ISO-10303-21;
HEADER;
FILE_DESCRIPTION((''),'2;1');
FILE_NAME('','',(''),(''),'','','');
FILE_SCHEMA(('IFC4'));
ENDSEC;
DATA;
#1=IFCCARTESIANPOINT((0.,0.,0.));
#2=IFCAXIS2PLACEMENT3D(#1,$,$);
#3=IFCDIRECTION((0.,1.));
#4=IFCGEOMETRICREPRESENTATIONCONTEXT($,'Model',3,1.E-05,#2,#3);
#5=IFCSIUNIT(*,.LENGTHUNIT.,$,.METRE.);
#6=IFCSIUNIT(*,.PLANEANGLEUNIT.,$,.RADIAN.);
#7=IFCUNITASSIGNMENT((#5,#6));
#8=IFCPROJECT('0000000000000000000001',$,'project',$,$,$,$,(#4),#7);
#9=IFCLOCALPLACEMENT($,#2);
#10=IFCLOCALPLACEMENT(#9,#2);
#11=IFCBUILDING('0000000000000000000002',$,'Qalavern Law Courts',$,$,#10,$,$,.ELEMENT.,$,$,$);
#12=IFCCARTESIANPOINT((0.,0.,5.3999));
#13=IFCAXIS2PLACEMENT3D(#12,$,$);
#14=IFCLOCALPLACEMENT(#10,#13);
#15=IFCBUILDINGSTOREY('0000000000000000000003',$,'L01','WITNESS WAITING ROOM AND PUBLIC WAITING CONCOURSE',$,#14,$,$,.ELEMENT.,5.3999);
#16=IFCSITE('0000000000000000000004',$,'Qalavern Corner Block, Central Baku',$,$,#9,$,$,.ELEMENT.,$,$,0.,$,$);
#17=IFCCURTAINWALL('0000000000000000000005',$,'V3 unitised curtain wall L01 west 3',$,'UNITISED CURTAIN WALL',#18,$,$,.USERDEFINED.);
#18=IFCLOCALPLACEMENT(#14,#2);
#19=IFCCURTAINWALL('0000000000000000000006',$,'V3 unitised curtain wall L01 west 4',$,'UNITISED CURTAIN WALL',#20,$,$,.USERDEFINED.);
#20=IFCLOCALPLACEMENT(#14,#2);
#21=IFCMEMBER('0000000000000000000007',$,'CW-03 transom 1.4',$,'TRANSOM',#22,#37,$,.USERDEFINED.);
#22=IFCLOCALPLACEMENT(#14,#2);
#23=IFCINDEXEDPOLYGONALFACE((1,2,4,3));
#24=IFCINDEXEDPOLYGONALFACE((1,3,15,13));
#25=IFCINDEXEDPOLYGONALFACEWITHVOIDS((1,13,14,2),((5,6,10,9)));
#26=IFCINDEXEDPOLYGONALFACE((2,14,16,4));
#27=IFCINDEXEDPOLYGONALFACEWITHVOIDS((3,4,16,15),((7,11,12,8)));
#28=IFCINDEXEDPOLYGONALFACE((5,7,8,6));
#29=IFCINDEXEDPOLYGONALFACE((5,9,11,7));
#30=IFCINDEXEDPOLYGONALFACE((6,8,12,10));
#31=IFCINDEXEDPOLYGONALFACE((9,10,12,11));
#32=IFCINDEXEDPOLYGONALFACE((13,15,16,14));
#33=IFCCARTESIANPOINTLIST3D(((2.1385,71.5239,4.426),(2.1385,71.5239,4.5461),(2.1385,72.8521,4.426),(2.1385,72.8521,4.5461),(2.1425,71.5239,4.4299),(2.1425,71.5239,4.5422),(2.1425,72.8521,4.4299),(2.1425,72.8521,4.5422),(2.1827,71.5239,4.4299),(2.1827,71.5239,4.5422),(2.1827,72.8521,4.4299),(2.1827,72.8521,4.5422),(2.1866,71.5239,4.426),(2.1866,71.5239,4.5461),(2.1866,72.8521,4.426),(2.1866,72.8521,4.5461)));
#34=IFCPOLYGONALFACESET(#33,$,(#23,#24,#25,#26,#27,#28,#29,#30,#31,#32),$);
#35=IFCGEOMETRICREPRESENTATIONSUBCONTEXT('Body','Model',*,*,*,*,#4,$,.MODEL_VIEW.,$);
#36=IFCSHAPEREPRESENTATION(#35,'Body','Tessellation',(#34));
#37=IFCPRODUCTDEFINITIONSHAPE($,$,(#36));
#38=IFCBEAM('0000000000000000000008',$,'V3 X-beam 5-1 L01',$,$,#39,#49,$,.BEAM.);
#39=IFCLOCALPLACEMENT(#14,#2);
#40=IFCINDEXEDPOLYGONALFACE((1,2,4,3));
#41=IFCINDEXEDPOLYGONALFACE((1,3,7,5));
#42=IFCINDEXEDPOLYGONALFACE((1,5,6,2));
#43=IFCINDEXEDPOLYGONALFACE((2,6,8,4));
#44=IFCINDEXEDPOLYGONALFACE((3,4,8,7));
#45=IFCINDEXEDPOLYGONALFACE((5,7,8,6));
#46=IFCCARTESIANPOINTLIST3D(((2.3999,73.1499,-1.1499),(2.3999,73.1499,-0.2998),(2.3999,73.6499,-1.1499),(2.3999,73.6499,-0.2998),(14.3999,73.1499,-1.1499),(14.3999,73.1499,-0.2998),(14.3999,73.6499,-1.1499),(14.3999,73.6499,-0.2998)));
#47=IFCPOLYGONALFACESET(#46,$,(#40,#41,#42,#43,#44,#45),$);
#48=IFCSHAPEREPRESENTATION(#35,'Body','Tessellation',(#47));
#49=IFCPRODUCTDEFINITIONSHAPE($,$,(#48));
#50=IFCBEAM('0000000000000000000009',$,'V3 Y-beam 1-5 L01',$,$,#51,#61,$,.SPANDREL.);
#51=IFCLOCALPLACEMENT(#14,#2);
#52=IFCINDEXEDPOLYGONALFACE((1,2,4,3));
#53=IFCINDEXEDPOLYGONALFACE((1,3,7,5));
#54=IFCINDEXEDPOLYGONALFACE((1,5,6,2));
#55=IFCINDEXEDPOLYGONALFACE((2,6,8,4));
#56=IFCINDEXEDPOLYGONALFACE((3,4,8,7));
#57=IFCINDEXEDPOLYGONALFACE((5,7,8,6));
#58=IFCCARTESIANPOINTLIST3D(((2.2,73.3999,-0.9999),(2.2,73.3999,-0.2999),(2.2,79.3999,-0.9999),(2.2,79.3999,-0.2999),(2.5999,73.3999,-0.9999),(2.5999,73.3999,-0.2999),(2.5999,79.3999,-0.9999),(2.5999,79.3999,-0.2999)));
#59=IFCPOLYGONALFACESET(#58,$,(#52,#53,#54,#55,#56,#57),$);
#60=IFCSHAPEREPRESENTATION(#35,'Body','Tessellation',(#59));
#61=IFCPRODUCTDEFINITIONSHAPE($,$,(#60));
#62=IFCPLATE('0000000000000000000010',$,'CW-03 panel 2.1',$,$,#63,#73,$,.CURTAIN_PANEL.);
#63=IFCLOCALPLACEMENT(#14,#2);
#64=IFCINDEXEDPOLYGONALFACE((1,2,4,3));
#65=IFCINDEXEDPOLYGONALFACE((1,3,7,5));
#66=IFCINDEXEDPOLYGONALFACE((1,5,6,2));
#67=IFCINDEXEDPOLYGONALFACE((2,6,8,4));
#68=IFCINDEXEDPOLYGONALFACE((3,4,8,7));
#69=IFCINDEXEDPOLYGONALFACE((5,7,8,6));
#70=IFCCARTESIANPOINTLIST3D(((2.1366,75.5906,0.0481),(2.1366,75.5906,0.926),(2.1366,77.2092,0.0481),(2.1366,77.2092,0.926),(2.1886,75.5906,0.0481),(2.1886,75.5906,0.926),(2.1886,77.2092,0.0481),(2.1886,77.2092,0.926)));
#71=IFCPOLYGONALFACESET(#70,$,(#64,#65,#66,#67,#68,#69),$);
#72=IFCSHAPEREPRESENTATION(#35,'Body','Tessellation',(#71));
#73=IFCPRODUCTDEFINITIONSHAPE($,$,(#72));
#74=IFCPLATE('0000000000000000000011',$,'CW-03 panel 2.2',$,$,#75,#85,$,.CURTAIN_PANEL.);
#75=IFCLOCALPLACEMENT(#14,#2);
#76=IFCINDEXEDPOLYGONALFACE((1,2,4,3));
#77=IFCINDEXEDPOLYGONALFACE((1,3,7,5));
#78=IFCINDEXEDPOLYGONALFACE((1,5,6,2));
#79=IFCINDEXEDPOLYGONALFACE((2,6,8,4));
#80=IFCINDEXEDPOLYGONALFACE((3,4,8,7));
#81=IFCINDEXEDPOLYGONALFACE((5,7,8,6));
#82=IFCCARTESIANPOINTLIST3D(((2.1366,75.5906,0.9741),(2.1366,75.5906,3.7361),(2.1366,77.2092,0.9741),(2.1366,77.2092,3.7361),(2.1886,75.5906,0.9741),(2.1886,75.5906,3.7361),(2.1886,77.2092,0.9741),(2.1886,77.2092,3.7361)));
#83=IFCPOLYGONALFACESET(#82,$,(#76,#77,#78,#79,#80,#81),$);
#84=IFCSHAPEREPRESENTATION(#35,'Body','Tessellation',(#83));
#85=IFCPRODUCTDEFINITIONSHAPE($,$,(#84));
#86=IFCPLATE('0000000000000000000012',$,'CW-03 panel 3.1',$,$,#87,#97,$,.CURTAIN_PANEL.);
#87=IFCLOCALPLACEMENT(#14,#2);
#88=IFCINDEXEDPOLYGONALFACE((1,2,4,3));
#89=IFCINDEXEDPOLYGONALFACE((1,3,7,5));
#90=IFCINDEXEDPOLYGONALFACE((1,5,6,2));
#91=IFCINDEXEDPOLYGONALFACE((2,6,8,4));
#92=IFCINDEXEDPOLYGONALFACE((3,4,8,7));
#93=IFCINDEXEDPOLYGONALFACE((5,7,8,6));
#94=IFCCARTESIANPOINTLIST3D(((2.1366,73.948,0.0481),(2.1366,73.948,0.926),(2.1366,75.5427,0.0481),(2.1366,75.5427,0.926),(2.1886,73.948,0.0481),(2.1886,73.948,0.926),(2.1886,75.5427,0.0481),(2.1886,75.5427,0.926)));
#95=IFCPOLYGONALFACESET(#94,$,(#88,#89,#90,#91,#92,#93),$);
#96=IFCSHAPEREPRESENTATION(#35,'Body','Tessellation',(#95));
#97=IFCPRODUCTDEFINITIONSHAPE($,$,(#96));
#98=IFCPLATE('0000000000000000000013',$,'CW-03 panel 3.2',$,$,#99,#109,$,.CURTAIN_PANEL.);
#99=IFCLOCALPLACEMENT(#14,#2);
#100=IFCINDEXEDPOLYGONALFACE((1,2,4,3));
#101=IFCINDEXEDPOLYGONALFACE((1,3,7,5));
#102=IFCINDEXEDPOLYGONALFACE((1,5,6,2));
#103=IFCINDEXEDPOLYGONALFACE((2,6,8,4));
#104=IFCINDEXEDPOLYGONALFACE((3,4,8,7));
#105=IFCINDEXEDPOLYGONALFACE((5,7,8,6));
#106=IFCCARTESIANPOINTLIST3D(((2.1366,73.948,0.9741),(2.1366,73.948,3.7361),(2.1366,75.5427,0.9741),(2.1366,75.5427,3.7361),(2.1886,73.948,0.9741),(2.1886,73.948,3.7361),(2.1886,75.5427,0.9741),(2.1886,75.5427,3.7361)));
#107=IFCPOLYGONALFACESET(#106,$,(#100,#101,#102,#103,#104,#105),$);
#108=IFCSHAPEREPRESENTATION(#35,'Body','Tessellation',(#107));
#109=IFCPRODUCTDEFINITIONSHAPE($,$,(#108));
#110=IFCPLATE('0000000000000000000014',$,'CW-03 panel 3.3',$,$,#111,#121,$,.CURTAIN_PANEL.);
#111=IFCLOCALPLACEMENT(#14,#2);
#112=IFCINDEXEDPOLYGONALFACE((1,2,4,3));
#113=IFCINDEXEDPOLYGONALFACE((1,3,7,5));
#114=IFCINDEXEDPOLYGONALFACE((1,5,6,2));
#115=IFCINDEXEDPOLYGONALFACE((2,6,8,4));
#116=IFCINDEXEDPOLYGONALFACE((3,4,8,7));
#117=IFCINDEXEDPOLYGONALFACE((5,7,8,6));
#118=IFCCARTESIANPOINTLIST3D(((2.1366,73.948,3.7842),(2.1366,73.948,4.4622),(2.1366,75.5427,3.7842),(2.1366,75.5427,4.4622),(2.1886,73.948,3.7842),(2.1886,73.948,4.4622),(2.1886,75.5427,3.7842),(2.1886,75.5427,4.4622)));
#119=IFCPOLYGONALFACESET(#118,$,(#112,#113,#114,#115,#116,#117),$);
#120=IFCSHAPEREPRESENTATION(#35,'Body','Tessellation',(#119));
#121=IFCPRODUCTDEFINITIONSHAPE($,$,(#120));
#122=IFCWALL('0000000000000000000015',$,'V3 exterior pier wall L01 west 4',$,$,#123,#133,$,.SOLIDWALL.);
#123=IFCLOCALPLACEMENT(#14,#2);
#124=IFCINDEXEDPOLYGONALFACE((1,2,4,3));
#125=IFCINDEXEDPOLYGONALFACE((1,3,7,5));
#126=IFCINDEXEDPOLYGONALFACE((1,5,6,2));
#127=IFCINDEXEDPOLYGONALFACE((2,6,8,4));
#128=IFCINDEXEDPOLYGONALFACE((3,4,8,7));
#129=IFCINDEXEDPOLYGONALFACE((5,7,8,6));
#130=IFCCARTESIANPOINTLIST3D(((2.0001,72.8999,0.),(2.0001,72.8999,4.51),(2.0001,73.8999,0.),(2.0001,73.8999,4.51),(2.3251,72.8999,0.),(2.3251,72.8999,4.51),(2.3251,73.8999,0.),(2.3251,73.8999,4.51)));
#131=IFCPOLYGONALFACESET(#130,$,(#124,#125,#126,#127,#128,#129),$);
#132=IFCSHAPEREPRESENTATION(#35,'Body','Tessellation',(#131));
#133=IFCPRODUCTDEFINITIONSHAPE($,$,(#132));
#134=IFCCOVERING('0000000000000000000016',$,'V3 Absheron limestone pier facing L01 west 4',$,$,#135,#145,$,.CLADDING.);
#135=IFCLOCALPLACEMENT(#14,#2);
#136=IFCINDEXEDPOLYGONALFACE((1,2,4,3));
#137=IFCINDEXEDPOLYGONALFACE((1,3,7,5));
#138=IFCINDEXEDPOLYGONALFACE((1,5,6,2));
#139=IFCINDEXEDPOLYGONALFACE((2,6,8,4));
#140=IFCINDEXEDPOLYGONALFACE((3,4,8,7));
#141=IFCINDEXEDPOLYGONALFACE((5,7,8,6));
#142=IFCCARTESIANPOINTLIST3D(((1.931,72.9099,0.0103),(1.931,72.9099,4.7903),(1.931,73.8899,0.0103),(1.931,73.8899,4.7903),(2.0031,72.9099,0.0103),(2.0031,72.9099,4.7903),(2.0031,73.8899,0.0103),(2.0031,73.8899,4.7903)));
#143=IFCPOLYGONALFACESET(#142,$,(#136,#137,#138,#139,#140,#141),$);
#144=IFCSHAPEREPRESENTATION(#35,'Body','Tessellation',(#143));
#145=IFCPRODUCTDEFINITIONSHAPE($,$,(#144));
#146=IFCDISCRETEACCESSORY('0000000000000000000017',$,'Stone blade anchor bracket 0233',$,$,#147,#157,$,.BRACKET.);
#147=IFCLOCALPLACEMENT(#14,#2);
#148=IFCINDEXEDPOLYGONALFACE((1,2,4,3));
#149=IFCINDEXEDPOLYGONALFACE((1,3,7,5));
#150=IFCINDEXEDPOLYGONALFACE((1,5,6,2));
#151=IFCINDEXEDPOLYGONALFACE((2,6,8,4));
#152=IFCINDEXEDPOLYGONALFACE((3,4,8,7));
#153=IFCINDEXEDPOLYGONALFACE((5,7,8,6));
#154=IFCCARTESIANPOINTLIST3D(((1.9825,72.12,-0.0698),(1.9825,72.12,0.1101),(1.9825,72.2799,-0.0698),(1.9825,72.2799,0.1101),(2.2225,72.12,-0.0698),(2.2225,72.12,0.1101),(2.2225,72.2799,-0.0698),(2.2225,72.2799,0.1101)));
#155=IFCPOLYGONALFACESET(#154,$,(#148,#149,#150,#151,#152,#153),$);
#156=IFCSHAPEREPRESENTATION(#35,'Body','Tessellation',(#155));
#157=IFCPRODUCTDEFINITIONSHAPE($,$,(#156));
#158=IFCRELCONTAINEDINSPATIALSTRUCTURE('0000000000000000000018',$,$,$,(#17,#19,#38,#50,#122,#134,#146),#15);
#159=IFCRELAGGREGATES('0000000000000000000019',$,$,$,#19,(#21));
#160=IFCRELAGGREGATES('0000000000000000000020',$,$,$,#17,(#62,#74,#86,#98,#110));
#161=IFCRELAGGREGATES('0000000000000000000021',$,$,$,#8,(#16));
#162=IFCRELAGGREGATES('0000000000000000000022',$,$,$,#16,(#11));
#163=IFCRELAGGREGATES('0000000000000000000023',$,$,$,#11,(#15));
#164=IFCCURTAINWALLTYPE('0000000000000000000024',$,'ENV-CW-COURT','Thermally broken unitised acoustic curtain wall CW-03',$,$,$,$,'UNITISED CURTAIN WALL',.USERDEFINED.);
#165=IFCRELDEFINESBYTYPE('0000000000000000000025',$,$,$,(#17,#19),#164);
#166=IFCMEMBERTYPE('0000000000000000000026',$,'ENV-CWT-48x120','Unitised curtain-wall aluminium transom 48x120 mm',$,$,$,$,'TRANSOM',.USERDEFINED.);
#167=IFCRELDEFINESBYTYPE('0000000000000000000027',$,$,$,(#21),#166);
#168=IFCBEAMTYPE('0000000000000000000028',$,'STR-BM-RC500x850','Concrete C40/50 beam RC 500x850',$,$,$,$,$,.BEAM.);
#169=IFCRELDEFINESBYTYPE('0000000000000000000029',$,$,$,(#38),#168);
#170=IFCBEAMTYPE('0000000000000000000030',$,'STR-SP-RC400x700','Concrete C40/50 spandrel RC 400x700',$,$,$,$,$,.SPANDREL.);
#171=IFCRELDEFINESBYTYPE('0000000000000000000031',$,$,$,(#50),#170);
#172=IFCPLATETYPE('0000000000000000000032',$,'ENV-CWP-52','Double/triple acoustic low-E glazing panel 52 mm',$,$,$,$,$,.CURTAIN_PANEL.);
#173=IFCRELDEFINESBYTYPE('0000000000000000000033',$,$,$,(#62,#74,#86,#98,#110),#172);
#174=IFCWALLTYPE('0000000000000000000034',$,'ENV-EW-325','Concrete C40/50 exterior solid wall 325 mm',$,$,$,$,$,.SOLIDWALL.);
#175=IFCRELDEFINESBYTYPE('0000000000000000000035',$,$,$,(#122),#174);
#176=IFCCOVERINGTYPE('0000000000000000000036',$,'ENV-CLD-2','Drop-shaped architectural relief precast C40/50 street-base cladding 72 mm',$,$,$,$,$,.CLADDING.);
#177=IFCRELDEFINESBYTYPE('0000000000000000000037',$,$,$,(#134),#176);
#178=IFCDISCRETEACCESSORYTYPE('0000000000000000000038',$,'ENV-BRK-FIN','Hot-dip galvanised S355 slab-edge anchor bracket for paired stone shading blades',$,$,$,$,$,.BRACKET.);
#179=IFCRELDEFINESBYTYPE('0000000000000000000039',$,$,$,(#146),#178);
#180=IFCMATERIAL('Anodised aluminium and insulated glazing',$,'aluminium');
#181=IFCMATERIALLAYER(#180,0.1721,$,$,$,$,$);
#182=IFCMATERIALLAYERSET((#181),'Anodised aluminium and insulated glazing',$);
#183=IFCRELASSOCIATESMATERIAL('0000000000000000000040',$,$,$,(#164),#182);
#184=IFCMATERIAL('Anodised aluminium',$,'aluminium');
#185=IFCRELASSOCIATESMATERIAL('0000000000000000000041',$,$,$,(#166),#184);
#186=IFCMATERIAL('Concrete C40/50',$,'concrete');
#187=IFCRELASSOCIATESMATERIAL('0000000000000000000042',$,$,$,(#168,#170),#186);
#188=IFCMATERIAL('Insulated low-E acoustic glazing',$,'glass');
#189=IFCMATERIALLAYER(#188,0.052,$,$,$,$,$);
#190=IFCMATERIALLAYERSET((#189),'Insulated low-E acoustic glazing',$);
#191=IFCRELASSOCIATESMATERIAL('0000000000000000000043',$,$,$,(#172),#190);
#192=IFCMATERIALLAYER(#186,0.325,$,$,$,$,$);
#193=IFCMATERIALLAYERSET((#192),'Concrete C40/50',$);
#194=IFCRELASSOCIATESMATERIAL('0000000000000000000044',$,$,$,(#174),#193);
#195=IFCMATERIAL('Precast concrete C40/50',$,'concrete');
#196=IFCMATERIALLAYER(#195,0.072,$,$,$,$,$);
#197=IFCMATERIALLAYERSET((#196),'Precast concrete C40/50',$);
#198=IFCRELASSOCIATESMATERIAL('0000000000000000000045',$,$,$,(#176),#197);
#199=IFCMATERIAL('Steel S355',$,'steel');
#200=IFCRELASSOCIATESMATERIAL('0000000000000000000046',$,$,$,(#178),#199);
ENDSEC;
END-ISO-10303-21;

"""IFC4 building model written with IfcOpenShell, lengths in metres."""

from ifc_helpers import new_model, si_unit, direction, frame, frame_2d, origin, origin_2d, place, context, subcontext, project, spatial, rectangle, hollow_rectangle, extrude, material, layer, layer_set, material_profile, profile_set, type_object, element, aggregate, save


model = new_model("IFC4")

# Units and contexts
model_context = context("Model", 3, precision=1e-05, world=origin(), true_north=direction((0.0, 1.0)))
body_context = subcontext(model_context, "Body", "Model", "MODEL_VIEW")
ifc_project = project(units=[si_unit("LENGTHUNIT", "METRE"), si_unit("PLANEANGLEUNIT", "RADIAN")], contexts=[model_context])

# Site, building, storey
site_placement = place(None, origin())
site = spatial("IfcSite", under=ifc_project, at=site_placement, Name="Qalavern Corner Block, Central Baku", CompositionType="ELEMENT", RefElevation=0.0)
building_placement = place(site_placement, origin())
building = spatial("IfcBuilding", under=site, at=building_placement, Name="Qalavern Law Courts", CompositionType="ELEMENT")
storey_placement = place(building_placement, frame((0.0, 0.0, 5.3999)))
storey = spatial("IfcBuildingStorey", under=building, at=storey_placement, Name="L01", Description="WITNESS WAITING ROOM AND PUBLIC WAITING CONCOURSE", CompositionType="ELEMENT", Elevation=5.3999)

# Curtain wall
ifc_material_1 = material(Name="Anodised aluminium and insulated glazing", Category="aluminium")
ifc_layer_1 = layer(ifc_material_1, 0.1721)
ifc_layer_set_1 = layer_set([ifc_layer_1], Name="Anodised aluminium and insulated glazing")
curtain_wall_type = type_object("IfcCurtainWallType", Name="ENV-CW-COURT", Description="Thermally broken unitised acoustic curtain wall CW-03", ElementType="UNITISED CURTAIN WALL", PredefinedType="USERDEFINED", material=ifc_layer_set_1)
curtain_wall_1_placement = place(storey_placement, origin())
curtain_wall_1 = element("IfcCurtainWall", 1, at=curtain_wall_1_placement, inside=storey, type_object=curtain_wall_type, Name="V3 unitised curtain wall L01 west 3", ObjectType="UNITISED CURTAIN WALL", PredefinedType="USERDEFINED")
ifc_material_2 = material(Name="Anodised aluminium", Category="aluminium")

# Curtain wall
curtain_wall_2_placement = place(storey_placement, origin())
curtain_wall_2 = element("IfcCurtainWall", 2, at=curtain_wall_2_placement, inside=storey, type_object=curtain_wall_type, Name="V3 unitised curtain wall L01 west 4", ObjectType="UNITISED CURTAIN WALL", PredefinedType="USERDEFINED")

# Member
ifc_material_profile_1 = material_profile(ifc_material_2, hollow_rectangle(XDim=0.0481, YDim=0.1201, WallThickness=0.0039, at=origin_2d()), Name="ALU TRANSOM 48x120")
ifc_profile_set_1 = profile_set([ifc_material_profile_1], Name="Anodised aluminium")
member_type_1 = type_object("IfcMemberType", Name="ENV-CWT-48x120", Description="Unitised curtain-wall aluminium transom 48x120 mm", ElementType="TRANSOM", PredefinedType="USERDEFINED", material=ifc_profile_set_1)
member_1_placement = place(storey_placement, frame((2.1626, 72.8521, 4.4861), z_axis=(0.0, -1.0, 0.0), x_axis=(1.0, 0.0, 0.0)))
member_1 = element("IfcMember", 3, at=member_1_placement, type_object=member_type_1, Name="CW-03 transom 1.4", ObjectType="TRANSOM", PredefinedType="USERDEFINED", context=body_context, shape_type="SweptSolid", body=[
    extrude(hollow_rectangle(XDim=0.0481, YDim=0.1201, WallThickness=0.0039, at=origin_2d()), origin(), (0.0, 0.0, 1.0), 1.3281),
])
aggregate(curtain_wall_2, [member_1])

# Beams
ifc_material_3 = material(Name="Concrete C40/50", Category="concrete")
ifc_material_profile_2 = material_profile(ifc_material_3, rectangle(XDim=0.5, YDim=0.8501, at=origin_2d()), Name="RC 500x850")
ifc_profile_set_2 = profile_set([ifc_material_profile_2], Name="Concrete C40/50")
beam_type_1 = type_object("IfcBeamType", Name="STR-BM-RC500x850", Description="Concrete C40/50 beam RC 500x850", PredefinedType="BEAM", material=ifc_profile_set_2)
beam_1_placement = place(storey_placement, frame((2.3999, 73.3999, -0.7249), z_axis=(1.0, 0.0, 0.0), x_axis=(0.0, 1.0, 0.0)))
element("IfcBeam", 4, at=beam_1_placement, inside=storey, type_object=beam_type_1, Name="V3 X-beam 5-1 L01", PredefinedType="BEAM", context=body_context, shape_type="SweptSolid", body=[
    extrude(rectangle(XDim=0.5, YDim=0.8501, at=origin_2d()), origin(), (0.0, 0.0, 1.0), 12.0),
])
ifc_material_profile_3 = material_profile(ifc_material_3, rectangle(XDim=0.3999, YDim=0.7, at=origin_2d()), Name="RC 400x700")
ifc_profile_set_3 = profile_set([ifc_material_profile_3], Name="Concrete C40/50")
beam_type_2 = type_object("IfcBeamType", Name="STR-SP-RC400x700", Description="Concrete C40/50 spandrel RC 400x700", PredefinedType="SPANDREL", material=ifc_profile_set_3)
beam_2_placement = place(storey_placement, frame((2.3999, 73.3999, -0.6499), z_axis=(0.0, 1.0, 0.0), x_axis=(-1.0, 0.0, 0.0)))
element("IfcBeam", 5, at=beam_2_placement, inside=storey, type_object=beam_type_2, Name="V3 Y-beam 1-5 L01", PredefinedType="SPANDREL", context=body_context, shape_type="SweptSolid", body=[
    extrude(rectangle(XDim=0.3999, YDim=0.7, at=origin_2d()), origin(), (0.0, 0.0, 1.0), 6.0),
])

# Plates
ifc_material_4 = material(Name="Insulated low-E acoustic glazing", Category="glass")
ifc_layer_2 = layer(ifc_material_4, 0.052)
ifc_layer_set_2 = layer_set([ifc_layer_2], Name="Insulated low-E acoustic glazing")
plate_type = type_object("IfcPlateType", Name="ENV-CWP-52", Description="Double/triple acoustic low-E glazing panel 52 mm", PredefinedType="CURTAIN_PANEL", material=ifc_layer_set_2)
plate_1_placement = place(storey_placement, frame((2.1626, 76.3999, 0.0481), z_axis=(0.0, 0.0, 1.0), x_axis=(0.0, -1.0, 0.0)))
plate_1 = element("IfcPlate", 6, at=plate_1_placement, type_object=plate_type, Name="CW-03 panel 2.1", PredefinedType="CURTAIN_PANEL", context=body_context, shape_type="SweptSolid", body=[
    extrude(rectangle(XDim=1.6187, YDim=0.052, at=origin_2d()), origin(), (0.0, 0.0, 1.0), 0.8779),
])
plate_2_placement = place(storey_placement, frame((2.1626, 76.3999, 0.9741), z_axis=(0.0, 0.0, 1.0), x_axis=(0.0, -1.0, 0.0)))
plate_2 = element("IfcPlate", 7, at=plate_2_placement, type_object=plate_type, Name="CW-03 panel 2.2", PredefinedType="CURTAIN_PANEL", context=body_context, shape_type="SweptSolid", body=[
    extrude(rectangle(XDim=1.6187, YDim=0.052, at=origin_2d()), origin(), (0.0, 0.0, 1.0), 2.762),
])
plate_3_placement = place(storey_placement, frame((2.1626, 74.7454, 0.0481), z_axis=(0.0, 0.0, 1.0), x_axis=(0.0, -1.0, 0.0)))
plate_3 = element("IfcPlate", 8, at=plate_3_placement, type_object=plate_type, Name="CW-03 panel 3.1", PredefinedType="CURTAIN_PANEL", context=body_context, shape_type="SweptSolid", body=[
    extrude(rectangle(XDim=1.5947, YDim=0.052, at=origin_2d()), origin(), (0.0, 0.0, 1.0), 0.8779),
])
plate_4_placement = place(storey_placement, frame((2.1626, 74.7454, 0.9741), z_axis=(0.0, 0.0, 1.0), x_axis=(0.0, -1.0, 0.0)))
plate_4 = element("IfcPlate", 9, at=plate_4_placement, type_object=plate_type, Name="CW-03 panel 3.2", PredefinedType="CURTAIN_PANEL", context=body_context, shape_type="SweptSolid", body=[
    extrude(rectangle(XDim=1.5947, YDim=0.052, at=origin_2d()), origin(), (0.0, 0.0, 1.0), 2.762),
])
plate_5_placement = place(storey_placement, frame((2.1626, 74.7454, 3.7842), z_axis=(0.0, 0.0, 1.0), x_axis=(0.0, -1.0, 0.0)))
plate_5 = element("IfcPlate", 10, at=plate_5_placement, type_object=plate_type, Name="CW-03 panel 3.3", PredefinedType="CURTAIN_PANEL", context=body_context, shape_type="SweptSolid", body=[
    extrude(rectangle(XDim=1.5947, YDim=0.052, at=origin_2d()), origin(), (0.0, 0.0, 1.0), 0.678),
])
aggregate(curtain_wall_1, [plate_1, plate_2, plate_3, plate_4, plate_5])

# Wall
ifc_layer_3 = layer(ifc_material_3, 0.325)
ifc_layer_set_3 = layer_set([ifc_layer_3], Name="Concrete C40/50")
wall_type = type_object("IfcWallType", Name="ENV-EW-325", Description="Concrete C40/50 exterior solid wall 325 mm", PredefinedType="SOLIDWALL", material=ifc_layer_set_3)
wall_placement = place(storey_placement, frame((2.1626, 73.8999, 0.0), z_axis=(0.0, 0.0, 1.0), x_axis=(0.0, -1.0, 0.0)))
element("IfcWall", 11, at=wall_placement, inside=storey, type_object=wall_type, Name="V3 exterior pier wall L01 west 4", PredefinedType="SOLIDWALL", context=body_context, shape_type="SweptSolid", body=[
    extrude(rectangle(XDim=1.0, YDim=0.325, at=frame_2d((0.5, 0.0))), origin(), (0.0, 0.0, 1.0), 4.51),
])

# Covering
ifc_material_5 = material(Name="Precast concrete C40/50", Category="concrete")
ifc_layer_4 = layer(ifc_material_5, 0.072)
ifc_layer_set_4 = layer_set([ifc_layer_4], Name="Precast concrete C40/50")
covering_type = type_object("IfcCoveringType", Name="ENV-CLD-2", Description="Drop-shaped architectural relief precast C40/50 street-base cladding 72 mm", PredefinedType="CLADDING", material=ifc_layer_set_4)
covering_placement = place(storey_placement, frame((1.967, 73.3999, 0.0103), z_axis=(0.0, 0.0, 1.0), x_axis=(0.0, -1.0, 0.0)))
element("IfcCovering", 12, at=covering_placement, inside=storey, type_object=covering_type, Name="V3 Absheron limestone pier facing L01 west 4", PredefinedType="CLADDING", context=body_context, shape_type="SweptSolid", body=[
    extrude(rectangle(XDim=0.98, YDim=0.072, at=origin_2d()), origin(), (0.0, 0.0, 1.0), 4.78),
])

# Discrete accessory
ifc_material_6 = material(Name="Steel S355", Category="steel")
discrete_accessory_type = type_object("IfcDiscreteAccessoryType", Name="ENV-BRK-FIN", Description="Hot-dip galvanised S355 slab-edge anchor bracket for paired stone shading blades", PredefinedType="BRACKET", material=ifc_material_6)
discrete_accessory_placement = place(storey_placement, frame((2.1025, 72.2, -0.0698), z_axis=(0.0, 0.0, 1.0), x_axis=(-1.0, 0.0, 0.0)))
element("IfcDiscreteAccessory", 13, at=discrete_accessory_placement, inside=storey, type_object=discrete_accessory_type, Name="Stone blade anchor bracket 0233", PredefinedType="BRACKET", context=body_context, shape_type="SweptSolid", body=[
    extrude(rectangle(XDim=0.24, YDim=0.1599, at=origin_2d()), origin(), (0.0, 0.0, 1.0), 0.1799),
])

save(model, "model.ifc")
